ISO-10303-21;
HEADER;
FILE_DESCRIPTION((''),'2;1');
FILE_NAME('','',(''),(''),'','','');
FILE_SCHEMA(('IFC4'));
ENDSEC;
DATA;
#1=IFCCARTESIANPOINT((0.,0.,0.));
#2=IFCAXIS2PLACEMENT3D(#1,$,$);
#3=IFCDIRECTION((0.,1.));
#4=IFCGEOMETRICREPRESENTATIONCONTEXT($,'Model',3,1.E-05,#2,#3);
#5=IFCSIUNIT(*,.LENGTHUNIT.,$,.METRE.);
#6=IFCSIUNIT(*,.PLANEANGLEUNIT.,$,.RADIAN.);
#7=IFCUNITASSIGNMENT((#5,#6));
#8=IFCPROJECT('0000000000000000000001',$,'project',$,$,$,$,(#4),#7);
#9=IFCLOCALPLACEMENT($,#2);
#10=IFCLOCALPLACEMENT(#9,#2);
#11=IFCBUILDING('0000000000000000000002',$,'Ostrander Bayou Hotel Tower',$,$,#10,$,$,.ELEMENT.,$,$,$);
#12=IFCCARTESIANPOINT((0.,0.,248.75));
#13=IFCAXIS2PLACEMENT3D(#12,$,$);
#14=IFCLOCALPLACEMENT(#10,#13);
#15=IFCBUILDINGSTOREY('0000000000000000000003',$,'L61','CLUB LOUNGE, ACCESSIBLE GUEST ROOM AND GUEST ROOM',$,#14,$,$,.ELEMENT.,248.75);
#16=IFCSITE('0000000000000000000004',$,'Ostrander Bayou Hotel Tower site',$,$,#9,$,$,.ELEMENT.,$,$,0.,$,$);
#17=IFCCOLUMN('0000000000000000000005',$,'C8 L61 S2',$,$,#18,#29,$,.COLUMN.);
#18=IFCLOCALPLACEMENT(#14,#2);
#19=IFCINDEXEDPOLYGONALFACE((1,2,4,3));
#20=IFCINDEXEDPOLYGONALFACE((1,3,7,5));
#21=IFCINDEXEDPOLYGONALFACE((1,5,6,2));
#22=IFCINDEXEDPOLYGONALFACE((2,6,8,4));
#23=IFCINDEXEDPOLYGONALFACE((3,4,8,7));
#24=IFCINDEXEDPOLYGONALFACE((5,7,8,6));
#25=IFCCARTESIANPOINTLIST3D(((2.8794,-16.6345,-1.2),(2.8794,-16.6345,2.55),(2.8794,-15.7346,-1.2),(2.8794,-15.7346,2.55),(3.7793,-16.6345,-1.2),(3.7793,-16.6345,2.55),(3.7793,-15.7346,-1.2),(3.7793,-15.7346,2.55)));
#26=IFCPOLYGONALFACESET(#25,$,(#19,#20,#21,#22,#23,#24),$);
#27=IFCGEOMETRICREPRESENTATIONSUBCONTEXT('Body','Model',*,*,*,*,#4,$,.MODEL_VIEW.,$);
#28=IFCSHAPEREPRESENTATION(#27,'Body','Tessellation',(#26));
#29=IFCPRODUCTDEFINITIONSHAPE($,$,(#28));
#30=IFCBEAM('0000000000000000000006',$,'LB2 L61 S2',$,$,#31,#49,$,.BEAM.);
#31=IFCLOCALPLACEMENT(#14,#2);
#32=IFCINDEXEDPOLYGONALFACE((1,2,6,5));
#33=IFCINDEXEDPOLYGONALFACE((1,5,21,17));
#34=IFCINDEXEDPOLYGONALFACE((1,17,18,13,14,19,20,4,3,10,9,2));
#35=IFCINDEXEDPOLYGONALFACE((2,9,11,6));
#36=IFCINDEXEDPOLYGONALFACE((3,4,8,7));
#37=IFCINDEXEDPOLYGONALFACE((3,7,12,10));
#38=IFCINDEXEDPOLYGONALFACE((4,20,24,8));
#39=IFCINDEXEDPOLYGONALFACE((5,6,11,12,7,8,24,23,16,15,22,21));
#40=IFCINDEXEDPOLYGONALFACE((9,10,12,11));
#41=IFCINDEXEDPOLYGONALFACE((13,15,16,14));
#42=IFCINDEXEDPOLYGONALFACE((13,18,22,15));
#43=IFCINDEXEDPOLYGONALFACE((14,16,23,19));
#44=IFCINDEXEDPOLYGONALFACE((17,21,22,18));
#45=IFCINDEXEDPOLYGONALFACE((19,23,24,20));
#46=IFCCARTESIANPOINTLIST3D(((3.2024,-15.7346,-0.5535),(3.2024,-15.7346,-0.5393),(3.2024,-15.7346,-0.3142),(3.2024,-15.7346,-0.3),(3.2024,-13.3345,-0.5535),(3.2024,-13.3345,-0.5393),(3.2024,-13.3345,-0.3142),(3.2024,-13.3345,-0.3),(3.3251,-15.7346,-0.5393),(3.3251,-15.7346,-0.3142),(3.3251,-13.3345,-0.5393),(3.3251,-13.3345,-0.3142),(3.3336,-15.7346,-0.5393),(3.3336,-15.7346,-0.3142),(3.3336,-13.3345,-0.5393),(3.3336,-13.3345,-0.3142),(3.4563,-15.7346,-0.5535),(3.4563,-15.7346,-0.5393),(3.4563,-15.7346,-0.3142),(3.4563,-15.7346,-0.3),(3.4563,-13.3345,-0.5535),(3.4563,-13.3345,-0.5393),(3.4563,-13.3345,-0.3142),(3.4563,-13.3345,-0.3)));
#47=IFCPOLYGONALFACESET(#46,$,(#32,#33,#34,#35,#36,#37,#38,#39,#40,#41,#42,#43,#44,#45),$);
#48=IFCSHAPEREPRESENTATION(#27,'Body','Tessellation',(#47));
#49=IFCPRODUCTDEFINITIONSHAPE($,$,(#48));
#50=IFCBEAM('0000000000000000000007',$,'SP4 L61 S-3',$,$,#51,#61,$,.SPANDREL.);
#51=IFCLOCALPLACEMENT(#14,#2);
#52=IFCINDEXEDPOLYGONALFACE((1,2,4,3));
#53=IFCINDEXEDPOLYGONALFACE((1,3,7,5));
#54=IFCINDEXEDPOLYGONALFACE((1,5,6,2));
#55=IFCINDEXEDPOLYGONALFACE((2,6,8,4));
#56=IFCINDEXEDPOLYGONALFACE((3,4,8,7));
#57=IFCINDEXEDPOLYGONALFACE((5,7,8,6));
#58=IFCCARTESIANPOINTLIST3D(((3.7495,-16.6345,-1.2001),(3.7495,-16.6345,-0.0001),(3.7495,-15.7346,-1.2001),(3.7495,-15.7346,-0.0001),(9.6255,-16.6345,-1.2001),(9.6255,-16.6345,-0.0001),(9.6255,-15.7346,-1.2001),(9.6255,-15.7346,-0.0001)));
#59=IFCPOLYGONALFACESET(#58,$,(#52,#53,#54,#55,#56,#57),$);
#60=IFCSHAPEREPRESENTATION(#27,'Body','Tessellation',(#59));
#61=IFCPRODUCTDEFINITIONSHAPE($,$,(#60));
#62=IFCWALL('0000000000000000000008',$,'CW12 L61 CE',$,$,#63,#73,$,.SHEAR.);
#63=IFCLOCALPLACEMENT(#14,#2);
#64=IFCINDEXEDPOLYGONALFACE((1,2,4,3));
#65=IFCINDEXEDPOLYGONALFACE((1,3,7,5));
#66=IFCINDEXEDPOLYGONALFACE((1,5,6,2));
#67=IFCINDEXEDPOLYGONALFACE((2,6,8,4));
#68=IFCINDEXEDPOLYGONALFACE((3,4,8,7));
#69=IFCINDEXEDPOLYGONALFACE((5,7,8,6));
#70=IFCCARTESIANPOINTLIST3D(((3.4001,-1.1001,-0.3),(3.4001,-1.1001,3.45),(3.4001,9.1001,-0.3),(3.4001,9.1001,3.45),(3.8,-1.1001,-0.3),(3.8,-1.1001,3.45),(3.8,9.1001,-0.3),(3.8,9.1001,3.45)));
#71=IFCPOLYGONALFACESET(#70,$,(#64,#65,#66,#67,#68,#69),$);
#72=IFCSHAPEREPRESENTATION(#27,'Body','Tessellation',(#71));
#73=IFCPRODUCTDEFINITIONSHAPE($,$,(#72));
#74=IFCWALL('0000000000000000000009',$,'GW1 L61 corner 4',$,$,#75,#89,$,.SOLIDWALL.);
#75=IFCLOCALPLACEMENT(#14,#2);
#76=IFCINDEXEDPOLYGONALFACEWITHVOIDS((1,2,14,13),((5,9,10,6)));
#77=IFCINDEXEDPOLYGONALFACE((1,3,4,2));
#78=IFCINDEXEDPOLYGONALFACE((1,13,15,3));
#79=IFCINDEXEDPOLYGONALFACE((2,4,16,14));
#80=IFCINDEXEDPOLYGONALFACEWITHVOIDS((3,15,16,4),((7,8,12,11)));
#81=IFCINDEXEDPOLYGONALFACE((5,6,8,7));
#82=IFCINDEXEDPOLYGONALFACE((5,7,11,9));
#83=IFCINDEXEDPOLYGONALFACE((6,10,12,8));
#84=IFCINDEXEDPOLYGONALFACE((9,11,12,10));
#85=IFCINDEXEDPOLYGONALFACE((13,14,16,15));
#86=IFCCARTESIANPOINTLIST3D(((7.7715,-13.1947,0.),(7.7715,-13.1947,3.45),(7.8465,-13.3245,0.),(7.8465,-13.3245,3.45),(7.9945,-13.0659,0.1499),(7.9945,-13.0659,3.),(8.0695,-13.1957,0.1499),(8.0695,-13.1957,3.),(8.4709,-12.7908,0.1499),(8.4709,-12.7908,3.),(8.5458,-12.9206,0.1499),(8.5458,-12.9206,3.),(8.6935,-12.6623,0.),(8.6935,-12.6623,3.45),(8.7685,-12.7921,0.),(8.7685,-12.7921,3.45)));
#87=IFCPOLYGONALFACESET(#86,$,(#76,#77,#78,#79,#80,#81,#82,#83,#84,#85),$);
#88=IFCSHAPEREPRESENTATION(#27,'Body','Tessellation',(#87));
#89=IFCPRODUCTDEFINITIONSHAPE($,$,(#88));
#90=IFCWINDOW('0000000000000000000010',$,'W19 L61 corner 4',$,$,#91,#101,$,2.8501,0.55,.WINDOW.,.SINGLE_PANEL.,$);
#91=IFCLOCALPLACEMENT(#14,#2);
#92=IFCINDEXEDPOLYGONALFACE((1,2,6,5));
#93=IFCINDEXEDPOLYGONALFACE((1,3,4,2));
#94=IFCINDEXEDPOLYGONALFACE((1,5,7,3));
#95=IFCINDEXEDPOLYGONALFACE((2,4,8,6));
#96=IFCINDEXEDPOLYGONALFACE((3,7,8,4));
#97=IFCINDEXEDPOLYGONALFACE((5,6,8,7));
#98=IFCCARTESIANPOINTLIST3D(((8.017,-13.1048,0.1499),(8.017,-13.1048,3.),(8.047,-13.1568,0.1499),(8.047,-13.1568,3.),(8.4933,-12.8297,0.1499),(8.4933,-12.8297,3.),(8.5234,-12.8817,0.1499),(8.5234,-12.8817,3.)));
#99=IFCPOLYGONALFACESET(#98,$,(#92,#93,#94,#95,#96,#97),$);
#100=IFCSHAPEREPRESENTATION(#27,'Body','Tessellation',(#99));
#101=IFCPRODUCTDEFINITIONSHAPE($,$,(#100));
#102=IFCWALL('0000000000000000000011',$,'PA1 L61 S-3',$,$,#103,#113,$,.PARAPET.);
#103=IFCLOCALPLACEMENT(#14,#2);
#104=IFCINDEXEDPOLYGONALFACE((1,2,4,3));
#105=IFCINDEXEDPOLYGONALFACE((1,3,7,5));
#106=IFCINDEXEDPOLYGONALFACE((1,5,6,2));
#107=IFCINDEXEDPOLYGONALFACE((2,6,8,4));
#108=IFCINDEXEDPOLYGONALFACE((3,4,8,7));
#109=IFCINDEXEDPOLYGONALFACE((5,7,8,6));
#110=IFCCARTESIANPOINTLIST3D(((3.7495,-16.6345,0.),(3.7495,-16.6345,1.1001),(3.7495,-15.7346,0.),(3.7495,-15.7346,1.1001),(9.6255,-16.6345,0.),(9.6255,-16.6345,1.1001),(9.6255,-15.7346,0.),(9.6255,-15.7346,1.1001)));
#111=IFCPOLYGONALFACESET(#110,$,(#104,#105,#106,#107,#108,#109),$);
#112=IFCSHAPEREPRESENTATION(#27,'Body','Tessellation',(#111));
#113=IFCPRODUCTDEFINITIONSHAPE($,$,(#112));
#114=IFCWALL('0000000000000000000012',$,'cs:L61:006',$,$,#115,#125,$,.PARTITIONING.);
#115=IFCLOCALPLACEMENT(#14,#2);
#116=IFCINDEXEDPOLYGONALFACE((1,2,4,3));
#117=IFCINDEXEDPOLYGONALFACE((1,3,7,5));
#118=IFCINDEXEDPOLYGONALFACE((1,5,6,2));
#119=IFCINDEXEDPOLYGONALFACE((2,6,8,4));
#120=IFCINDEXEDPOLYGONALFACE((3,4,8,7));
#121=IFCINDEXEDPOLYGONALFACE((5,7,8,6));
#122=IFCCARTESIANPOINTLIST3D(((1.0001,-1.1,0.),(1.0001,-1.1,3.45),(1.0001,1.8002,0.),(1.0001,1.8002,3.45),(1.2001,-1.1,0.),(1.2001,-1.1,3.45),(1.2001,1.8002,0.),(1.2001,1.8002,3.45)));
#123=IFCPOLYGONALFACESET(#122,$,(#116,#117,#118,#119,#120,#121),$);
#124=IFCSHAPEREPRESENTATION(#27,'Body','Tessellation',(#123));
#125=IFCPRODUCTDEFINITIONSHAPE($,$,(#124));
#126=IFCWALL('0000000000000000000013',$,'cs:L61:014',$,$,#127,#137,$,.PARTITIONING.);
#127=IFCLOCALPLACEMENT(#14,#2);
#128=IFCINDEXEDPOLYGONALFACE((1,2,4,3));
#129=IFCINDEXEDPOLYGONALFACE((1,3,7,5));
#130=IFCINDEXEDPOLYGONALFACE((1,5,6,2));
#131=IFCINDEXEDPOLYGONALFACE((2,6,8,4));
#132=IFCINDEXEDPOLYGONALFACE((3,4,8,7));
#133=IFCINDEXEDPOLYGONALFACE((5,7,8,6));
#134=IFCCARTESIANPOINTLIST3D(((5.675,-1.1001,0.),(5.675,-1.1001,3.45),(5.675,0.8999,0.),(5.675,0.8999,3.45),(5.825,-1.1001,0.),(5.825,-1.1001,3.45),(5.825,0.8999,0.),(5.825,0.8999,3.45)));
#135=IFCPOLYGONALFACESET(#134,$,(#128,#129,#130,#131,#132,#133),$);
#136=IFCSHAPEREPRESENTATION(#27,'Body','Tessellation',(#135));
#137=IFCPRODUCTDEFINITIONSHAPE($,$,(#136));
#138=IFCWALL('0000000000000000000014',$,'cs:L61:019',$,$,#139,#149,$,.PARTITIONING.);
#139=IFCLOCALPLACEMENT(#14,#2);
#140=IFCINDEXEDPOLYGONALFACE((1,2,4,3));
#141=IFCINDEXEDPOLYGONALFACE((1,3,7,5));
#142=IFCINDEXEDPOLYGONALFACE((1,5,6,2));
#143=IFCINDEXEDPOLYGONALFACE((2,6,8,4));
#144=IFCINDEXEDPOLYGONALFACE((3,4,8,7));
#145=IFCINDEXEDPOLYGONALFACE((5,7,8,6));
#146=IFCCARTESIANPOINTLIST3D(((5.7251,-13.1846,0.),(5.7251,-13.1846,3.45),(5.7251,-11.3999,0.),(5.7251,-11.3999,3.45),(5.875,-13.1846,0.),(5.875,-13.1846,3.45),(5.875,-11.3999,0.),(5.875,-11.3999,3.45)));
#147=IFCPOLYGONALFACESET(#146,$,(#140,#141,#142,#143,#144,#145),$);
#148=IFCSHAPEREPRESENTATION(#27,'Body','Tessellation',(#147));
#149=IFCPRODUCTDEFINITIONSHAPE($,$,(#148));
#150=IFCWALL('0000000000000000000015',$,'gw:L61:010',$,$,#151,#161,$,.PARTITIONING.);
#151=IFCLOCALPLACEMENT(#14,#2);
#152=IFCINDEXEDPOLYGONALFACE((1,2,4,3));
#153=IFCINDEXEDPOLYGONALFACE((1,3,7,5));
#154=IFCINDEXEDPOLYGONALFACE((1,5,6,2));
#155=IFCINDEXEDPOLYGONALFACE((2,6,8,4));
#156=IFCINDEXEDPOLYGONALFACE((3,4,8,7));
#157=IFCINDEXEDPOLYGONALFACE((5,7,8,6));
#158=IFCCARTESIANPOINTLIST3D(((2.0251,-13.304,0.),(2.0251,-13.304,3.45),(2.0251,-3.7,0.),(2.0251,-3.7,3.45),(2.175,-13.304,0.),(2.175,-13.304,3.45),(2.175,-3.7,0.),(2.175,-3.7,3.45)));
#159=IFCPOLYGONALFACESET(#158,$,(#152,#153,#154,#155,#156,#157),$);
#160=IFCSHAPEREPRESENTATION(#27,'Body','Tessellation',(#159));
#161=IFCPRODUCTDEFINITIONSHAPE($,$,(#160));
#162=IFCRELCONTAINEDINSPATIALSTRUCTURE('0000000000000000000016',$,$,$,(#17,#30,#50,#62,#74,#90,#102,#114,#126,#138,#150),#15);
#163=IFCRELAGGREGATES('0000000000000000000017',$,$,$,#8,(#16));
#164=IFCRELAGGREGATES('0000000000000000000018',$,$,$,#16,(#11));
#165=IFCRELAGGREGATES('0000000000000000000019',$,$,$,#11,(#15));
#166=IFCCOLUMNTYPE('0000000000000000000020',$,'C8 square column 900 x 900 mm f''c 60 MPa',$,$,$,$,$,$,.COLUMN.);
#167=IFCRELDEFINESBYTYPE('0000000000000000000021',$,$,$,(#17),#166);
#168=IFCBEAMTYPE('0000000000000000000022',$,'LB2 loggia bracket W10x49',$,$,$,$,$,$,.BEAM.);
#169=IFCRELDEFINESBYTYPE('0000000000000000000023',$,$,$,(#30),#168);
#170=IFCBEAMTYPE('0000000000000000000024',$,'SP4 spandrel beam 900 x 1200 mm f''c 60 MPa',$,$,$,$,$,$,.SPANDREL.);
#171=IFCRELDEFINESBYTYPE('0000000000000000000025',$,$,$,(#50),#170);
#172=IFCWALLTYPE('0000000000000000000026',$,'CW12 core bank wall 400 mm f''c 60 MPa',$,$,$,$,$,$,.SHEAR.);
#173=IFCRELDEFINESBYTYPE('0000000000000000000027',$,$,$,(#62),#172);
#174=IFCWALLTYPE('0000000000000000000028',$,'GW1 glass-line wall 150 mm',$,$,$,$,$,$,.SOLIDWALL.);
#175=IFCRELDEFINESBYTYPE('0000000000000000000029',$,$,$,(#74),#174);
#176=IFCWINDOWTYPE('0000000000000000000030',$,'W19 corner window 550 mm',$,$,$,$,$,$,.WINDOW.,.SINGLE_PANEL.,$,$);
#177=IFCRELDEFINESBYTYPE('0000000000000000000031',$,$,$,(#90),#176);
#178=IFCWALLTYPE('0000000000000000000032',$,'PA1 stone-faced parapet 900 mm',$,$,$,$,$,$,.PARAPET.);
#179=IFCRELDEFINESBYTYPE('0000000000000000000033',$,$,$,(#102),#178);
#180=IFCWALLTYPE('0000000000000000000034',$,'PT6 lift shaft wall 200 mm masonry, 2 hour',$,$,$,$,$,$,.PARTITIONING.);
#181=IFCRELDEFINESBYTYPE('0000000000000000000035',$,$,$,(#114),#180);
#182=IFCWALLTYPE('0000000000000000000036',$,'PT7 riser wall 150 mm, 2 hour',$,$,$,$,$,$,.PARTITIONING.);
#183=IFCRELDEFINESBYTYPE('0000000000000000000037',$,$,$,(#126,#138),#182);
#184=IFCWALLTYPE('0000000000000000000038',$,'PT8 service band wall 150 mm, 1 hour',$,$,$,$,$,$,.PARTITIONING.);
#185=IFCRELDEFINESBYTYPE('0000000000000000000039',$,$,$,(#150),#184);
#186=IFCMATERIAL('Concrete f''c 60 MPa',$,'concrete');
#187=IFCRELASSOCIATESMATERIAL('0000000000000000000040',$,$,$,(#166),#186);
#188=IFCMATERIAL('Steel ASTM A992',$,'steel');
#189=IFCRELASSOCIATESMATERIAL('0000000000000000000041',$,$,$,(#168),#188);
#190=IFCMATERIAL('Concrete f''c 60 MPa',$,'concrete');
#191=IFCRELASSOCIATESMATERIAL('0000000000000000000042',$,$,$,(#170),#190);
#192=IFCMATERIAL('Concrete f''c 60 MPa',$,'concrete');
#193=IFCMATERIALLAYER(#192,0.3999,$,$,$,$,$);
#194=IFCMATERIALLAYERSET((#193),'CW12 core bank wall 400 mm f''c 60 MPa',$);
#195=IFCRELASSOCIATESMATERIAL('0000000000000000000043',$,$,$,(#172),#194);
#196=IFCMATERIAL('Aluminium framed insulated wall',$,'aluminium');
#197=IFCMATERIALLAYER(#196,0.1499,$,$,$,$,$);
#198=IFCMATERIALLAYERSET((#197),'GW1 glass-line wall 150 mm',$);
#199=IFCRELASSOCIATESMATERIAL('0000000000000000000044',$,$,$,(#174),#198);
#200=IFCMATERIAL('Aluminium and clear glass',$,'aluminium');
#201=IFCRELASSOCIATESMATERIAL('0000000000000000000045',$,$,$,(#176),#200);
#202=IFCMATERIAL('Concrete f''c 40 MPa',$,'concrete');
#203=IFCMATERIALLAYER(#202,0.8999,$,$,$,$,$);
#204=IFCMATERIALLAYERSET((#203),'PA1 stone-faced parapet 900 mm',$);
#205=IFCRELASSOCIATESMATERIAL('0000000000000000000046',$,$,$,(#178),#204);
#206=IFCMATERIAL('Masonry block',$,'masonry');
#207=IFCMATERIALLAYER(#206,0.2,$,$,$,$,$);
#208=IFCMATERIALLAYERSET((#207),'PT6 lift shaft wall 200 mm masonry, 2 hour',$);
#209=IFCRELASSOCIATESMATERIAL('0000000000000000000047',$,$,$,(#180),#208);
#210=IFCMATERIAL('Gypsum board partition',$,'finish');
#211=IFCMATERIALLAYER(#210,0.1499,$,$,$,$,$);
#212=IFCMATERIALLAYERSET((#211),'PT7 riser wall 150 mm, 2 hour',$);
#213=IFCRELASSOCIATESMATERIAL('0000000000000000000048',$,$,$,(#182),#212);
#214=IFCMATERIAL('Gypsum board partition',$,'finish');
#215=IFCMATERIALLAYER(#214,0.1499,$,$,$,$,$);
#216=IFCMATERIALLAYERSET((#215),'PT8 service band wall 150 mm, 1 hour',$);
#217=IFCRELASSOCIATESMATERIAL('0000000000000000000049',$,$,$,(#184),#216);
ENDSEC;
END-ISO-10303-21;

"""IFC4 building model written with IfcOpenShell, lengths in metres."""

from ifc_helpers import new_model, si_unit, direction, frame, frame_2d, origin, origin_2d, place, context, subcontext, project, spatial, rectangle, i_section, extrude, material, layer, layer_set, material_profile, profile_set, type_object, element, fill, save


model = new_model("IFC4")

# Units and contexts
model_context = context("Model", 3, precision=1e-05, world=origin(), true_north=direction((0.0, 1.0)))
body_context = subcontext(model_context, "Body", "Model", "MODEL_VIEW")
ifc_project = project(units=[si_unit("LENGTHUNIT", "METRE"), si_unit("PLANEANGLEUNIT", "RADIAN")], contexts=[model_context])

# Site, building, storey
site_placement = place(None, origin())
site = spatial("IfcSite", under=ifc_project, at=site_placement, Name="Ostrander Bayou Hotel Tower site", CompositionType="ELEMENT", RefElevation=0.0)
building_placement = place(site_placement, origin())
building = spatial("IfcBuilding", under=site, at=building_placement, Name="Ostrander Bayou Hotel Tower", CompositionType="ELEMENT")
storey_placement = place(building_placement, frame((0.0, 0.0, 248.75)))
storey = spatial("IfcBuildingStorey", under=building, at=storey_placement, Name="L61", Description="CLUB LOUNGE, ACCESSIBLE GUEST ROOM AND GUEST ROOM", CompositionType="ELEMENT", Elevation=248.75)

# Column
ifc_material_1 = material(Name="Concrete f'c 60 MPa", Category="concrete")
ifc_material_profile_1 = material_profile(ifc_material_1, rectangle(XDim=0.8999, YDim=0.8999, at=origin_2d()))
ifc_profile_set_1 = profile_set([ifc_material_profile_1], Name="Concrete f'c 60 MPa")
column_type = type_object("IfcColumnType", Name="C8 square column 900 x 900 mm f'c 60 MPa", PredefinedType="COLUMN", material=ifc_profile_set_1)
column_placement = place(storey_placement, frame((3.3293, -16.1846, -1.2), z_axis=(0.0, 0.0, 1.0), x_axis=(-1.0, 0.0, 0.0)))
element("IfcColumn", 1, at=column_placement, inside=storey, type_object=column_type, Name="C8 L61 S2", PredefinedType="COLUMN", context=body_context, shape_type="SweptSolid", body=[
    extrude(rectangle(XDim=0.8999, YDim=0.8999, at=origin_2d()), origin(), (0.0, 0.0, 1.0), 3.75),
])

# Beams
ifc_material_2 = material(Name="Steel ASTM A992", Category="steel")
ifc_material_profile_2 = material_profile(ifc_material_2, i_section(OverallWidth=0.2539, OverallDepth=0.2534, WebThickness=0.0085, FlangeThickness=0.0142, at=origin_2d()))
ifc_profile_set_2 = profile_set([ifc_material_profile_2], Name="Steel ASTM A992")
beam_type_1 = type_object("IfcBeamType", Name="LB2 loggia bracket W10x49", PredefinedType="BEAM", material=ifc_profile_set_2)
beam_1_placement = place(storey_placement, frame((3.3293, -15.7346, -0.4268), z_axis=(0.0, 1.0, 0.0), x_axis=(-1.0, 0.0, 0.0)))
element("IfcBeam", 2, at=beam_1_placement, inside=storey, type_object=beam_type_1, Name="LB2 L61 S2", PredefinedType="BEAM", context=body_context, shape_type="SweptSolid", body=[
    extrude(i_section(OverallWidth=0.2539, OverallDepth=0.2534, WebThickness=0.0085, FlangeThickness=0.0142, at=origin_2d()), origin(), (0.0, 0.0, 1.0), 2.4001),
])
ifc_material_3 = material(Name="Concrete f'c 60 MPa", Category="concrete")
ifc_material_profile_3 = material_profile(ifc_material_3, rectangle(XDim=0.8999, YDim=1.2, at=origin_2d()))
ifc_profile_set_3 = profile_set([ifc_material_profile_3], Name="Concrete f'c 60 MPa")
beam_type_2 = type_object("IfcBeamType", Name="SP4 spandrel beam 900 x 1200 mm f'c 60 MPa", PredefinedType="SPANDREL", material=ifc_profile_set_3)
beam_2_placement = place(storey_placement, frame((3.7495, -16.1846, -0.6001), z_axis=(1.0, 0.0, 0.0), x_axis=(0.0, 1.0, 0.0)))
element("IfcBeam", 3, at=beam_2_placement, inside=storey, type_object=beam_type_2, Name="SP4 L61 S-3", PredefinedType="SPANDREL", context=body_context, shape_type="SweptSolid", body=[
    extrude(rectangle(XDim=0.8999, YDim=1.2, at=origin_2d()), origin(), (0.0, 0.0, 1.0), 5.876),
])

# Wall
ifc_material_4 = material(Name="Concrete f'c 60 MPa", Category="concrete")
ifc_layer_1 = layer(ifc_material_4, 0.3999)
ifc_layer_set_1 = layer_set([ifc_layer_1], Name="CW12 core bank wall 400 mm f'c 60 MPa")
wall_type_1 = type_object("IfcWallType", Name="CW12 core bank wall 400 mm f'c 60 MPa", PredefinedType="SHEAR", material=ifc_layer_set_1)
wall_1_placement = place(storey_placement, frame((3.6001, -1.1001, -0.3), z_axis=(0.0, 0.0, 1.0), x_axis=(0.0, 1.0, 0.0)))
element("IfcWall", 4, at=wall_1_placement, inside=storey, type_object=wall_type_1, Name="CW12 L61 CE", PredefinedType="SHEAR", context=body_context, shape_type="SweptSolid", body=[
    extrude(rectangle(XDim=10.2002, YDim=0.3999, at=frame_2d((5.1001, 0.0))), origin(), (0.0, 0.0, 1.0), 3.75),
])

# Wall, opening, window
ifc_material_5 = material(Name="Aluminium framed insulated wall", Category="aluminium")
ifc_layer_2 = layer(ifc_material_5, 0.1499)
ifc_layer_set_2 = layer_set([ifc_layer_2], Name="GW1 glass-line wall 150 mm")
wall_type_2 = type_object("IfcWallType", Name="GW1 glass-line wall 150 mm", PredefinedType="SOLIDWALL", material=ifc_layer_set_2)
wall_2_placement = place(storey_placement, frame((7.8091, -13.2595, 0.0), z_axis=(0.0, 0.0, 1.0), x_axis=(0.865991, 0.50006, 0.0)))
wall_2 = element("IfcWall", 5, at=wall_2_placement, inside=storey, type_object=wall_type_2, Name="GW1 L61 corner 4", PredefinedType="SOLIDWALL", context=body_context, shape_type="SweptSolid", body=[
    extrude(rectangle(XDim=1.0647, YDim=0.1499, at=frame_2d((0.5322, 0.0))), origin(), (0.0, 0.0, 1.0), 3.45),
])
opening_1_placement = place(wall_2_placement, frame((0.2576, 0.0, 0.1499)))
opening_1 = element("IfcOpeningElement", 6, at=opening_1_placement, cuts=wall_2, PredefinedType="OPENING", context=body_context, shape_type="SweptSolid", body=[
    extrude(rectangle(XDim=0.55, YDim=2.8501, at=frame_2d((0.2749, 1.425))), frame((0.0, 0.075, 0.0), z_axis=(0.0, -1.0, 0.0), x_axis=(1.0, 0.0, 0.0)), (0.0, 0.0, 1.0), 0.1499),
])
ifc_material_6 = material(Name="Aluminium and clear glass", Category="aluminium")
window_type = type_object("IfcWindowType", Name="W19 corner window 550 mm", PartitioningType="SINGLE_PANEL", PredefinedType="WINDOW", material=ifc_material_6)
window_placement = place(opening_1_placement, origin())
window = element("IfcWindow", 7, at=window_placement, inside=storey, type_object=window_type, Name="W19 L61 corner 4", OverallHeight=2.8501, OverallWidth=0.55, PartitioningType="SINGLE_PANEL", PredefinedType="WINDOW", context=body_context, shape_type="SweptSolid", body=[
    extrude(rectangle(XDim=0.55, YDim=2.8501, at=frame_2d((0.2749, 1.425))), frame((0.0, 0.03, 0.0), z_axis=(0.0, -1.0, 0.0), x_axis=(1.0, 0.0, 0.0)), (0.0, 0.0, 1.0), 0.0601),
])
fill(opening_1, window)

# Walls
ifc_material_7 = material(Name="Concrete f'c 40 MPa", Category="concrete")
ifc_layer_3 = layer(ifc_material_7, 0.8999)
ifc_layer_set_3 = layer_set([ifc_layer_3], Name="PA1 stone-faced parapet 900 mm")
wall_type_3 = type_object("IfcWallType", Name="PA1 stone-faced parapet 900 mm", PredefinedType="PARAPET", material=ifc_layer_set_3)
wall_3_placement = place(storey_placement, frame((3.7495, -16.1846, 0.0), z_axis=(0.0, 0.0, 1.0), x_axis=(1.0, 0.0, 0.0)))
element("IfcWall", 8, at=wall_3_placement, inside=storey, type_object=wall_type_3, Name="PA1 L61 S-3", PredefinedType="PARAPET", context=body_context, shape_type="SweptSolid", body=[
    extrude(rectangle(XDim=5.876, YDim=0.8999, at=frame_2d((2.938, 0.0))), origin(), (0.0, 0.0, 1.0), 1.1001),
])
ifc_material_8 = material(Name="Masonry block", Category="masonry")
ifc_layer_4 = layer(ifc_material_8, 0.2)
ifc_layer_set_4 = layer_set([ifc_layer_4], Name="PT6 lift shaft wall 200 mm masonry, 2 hour")
wall_type_4 = type_object("IfcWallType", Name="PT6 lift shaft wall 200 mm masonry, 2 hour", PredefinedType="PARTITIONING", material=ifc_layer_set_4)
wall_4_placement = place(storey_placement, frame((1.1001, -1.1001, 0.0), z_axis=(0.0, 0.0, 1.0), x_axis=(0.0, 1.0, 0.0)))
element("IfcWall", 9, at=wall_4_placement, inside=storey, type_object=wall_type_4, Name="cs:L61:006", PredefinedType="PARTITIONING", context=body_context, shape_type="SweptSolid", body=[
    extrude(rectangle(XDim=2.9001, YDim=0.2, at=frame_2d((1.4502, 0.0))), origin(), (0.0, 0.0, 1.0), 3.45),
])
ifc_material_9 = material(Name="Gypsum board partition", Category="finish")
ifc_layer_5 = layer(ifc_material_9, 0.1499)
ifc_layer_set_5 = layer_set([ifc_layer_5], Name="PT7 riser wall 150 mm, 2 hour")
wall_type_5 = type_object("IfcWallType", Name="PT7 riser wall 150 mm, 2 hour", PredefinedType="PARTITIONING", material=ifc_layer_set_5)
wall_5_placement = place(storey_placement, frame((5.75, -1.1001, 0.0), z_axis=(0.0, 0.0, 1.0), x_axis=(0.0, 1.0, 0.0)))
element("IfcWall", 10, at=wall_5_placement, inside=storey, type_object=wall_type_5, Name="cs:L61:014", PredefinedType="PARTITIONING", context=body_context, shape_type="SweptSolid", body=[
    extrude(rectangle(XDim=2.0, YDim=0.1499, at=frame_2d((1.0, 0.0))), origin(), (0.0, 0.0, 1.0), 3.45),
])
wall_6_placement = place(storey_placement, frame((5.8, -11.3999, 0.0), z_axis=(0.0, 0.0, 1.0), x_axis=(0.0, -1.0, 0.0)))
element("IfcWall", 11, at=wall_6_placement, inside=storey, type_object=wall_type_5, Name="cs:L61:019", PredefinedType="PARTITIONING", context=body_context, shape_type="SweptSolid", body=[
    extrude(rectangle(XDim=1.7847, YDim=0.1499, at=frame_2d((0.8923, 0.0))), origin(), (0.0, 0.0, 1.0), 3.45),
])
ifc_material_10 = material(Name="Gypsum board partition", Category="finish")
ifc_layer_6 = layer(ifc_material_10, 0.1499)
ifc_layer_set_6 = layer_set([ifc_layer_6], Name="PT8 service band wall 150 mm, 1 hour")
wall_type_6 = type_object("IfcWallType", Name="PT8 service band wall 150 mm, 1 hour", PredefinedType="PARTITIONING", material=ifc_layer_set_6)
wall_7_placement = place(storey_placement, frame((2.1001, -13.304, 0.0), z_axis=(0.0, 0.0, 1.0), x_axis=(0.0, 1.0, 0.0)))
element("IfcWall", 12, at=wall_7_placement, inside=storey, type_object=wall_type_6, Name="gw:L61:010", PredefinedType="PARTITIONING", context=body_context, shape_type="SweptSolid", body=[
    extrude(rectangle(XDim=9.604, YDim=0.1499, at=frame_2d((4.802, 0.0))), origin(), (0.0, 0.0, 1.0), 3.45),
])

save(model, "model.ifc")
